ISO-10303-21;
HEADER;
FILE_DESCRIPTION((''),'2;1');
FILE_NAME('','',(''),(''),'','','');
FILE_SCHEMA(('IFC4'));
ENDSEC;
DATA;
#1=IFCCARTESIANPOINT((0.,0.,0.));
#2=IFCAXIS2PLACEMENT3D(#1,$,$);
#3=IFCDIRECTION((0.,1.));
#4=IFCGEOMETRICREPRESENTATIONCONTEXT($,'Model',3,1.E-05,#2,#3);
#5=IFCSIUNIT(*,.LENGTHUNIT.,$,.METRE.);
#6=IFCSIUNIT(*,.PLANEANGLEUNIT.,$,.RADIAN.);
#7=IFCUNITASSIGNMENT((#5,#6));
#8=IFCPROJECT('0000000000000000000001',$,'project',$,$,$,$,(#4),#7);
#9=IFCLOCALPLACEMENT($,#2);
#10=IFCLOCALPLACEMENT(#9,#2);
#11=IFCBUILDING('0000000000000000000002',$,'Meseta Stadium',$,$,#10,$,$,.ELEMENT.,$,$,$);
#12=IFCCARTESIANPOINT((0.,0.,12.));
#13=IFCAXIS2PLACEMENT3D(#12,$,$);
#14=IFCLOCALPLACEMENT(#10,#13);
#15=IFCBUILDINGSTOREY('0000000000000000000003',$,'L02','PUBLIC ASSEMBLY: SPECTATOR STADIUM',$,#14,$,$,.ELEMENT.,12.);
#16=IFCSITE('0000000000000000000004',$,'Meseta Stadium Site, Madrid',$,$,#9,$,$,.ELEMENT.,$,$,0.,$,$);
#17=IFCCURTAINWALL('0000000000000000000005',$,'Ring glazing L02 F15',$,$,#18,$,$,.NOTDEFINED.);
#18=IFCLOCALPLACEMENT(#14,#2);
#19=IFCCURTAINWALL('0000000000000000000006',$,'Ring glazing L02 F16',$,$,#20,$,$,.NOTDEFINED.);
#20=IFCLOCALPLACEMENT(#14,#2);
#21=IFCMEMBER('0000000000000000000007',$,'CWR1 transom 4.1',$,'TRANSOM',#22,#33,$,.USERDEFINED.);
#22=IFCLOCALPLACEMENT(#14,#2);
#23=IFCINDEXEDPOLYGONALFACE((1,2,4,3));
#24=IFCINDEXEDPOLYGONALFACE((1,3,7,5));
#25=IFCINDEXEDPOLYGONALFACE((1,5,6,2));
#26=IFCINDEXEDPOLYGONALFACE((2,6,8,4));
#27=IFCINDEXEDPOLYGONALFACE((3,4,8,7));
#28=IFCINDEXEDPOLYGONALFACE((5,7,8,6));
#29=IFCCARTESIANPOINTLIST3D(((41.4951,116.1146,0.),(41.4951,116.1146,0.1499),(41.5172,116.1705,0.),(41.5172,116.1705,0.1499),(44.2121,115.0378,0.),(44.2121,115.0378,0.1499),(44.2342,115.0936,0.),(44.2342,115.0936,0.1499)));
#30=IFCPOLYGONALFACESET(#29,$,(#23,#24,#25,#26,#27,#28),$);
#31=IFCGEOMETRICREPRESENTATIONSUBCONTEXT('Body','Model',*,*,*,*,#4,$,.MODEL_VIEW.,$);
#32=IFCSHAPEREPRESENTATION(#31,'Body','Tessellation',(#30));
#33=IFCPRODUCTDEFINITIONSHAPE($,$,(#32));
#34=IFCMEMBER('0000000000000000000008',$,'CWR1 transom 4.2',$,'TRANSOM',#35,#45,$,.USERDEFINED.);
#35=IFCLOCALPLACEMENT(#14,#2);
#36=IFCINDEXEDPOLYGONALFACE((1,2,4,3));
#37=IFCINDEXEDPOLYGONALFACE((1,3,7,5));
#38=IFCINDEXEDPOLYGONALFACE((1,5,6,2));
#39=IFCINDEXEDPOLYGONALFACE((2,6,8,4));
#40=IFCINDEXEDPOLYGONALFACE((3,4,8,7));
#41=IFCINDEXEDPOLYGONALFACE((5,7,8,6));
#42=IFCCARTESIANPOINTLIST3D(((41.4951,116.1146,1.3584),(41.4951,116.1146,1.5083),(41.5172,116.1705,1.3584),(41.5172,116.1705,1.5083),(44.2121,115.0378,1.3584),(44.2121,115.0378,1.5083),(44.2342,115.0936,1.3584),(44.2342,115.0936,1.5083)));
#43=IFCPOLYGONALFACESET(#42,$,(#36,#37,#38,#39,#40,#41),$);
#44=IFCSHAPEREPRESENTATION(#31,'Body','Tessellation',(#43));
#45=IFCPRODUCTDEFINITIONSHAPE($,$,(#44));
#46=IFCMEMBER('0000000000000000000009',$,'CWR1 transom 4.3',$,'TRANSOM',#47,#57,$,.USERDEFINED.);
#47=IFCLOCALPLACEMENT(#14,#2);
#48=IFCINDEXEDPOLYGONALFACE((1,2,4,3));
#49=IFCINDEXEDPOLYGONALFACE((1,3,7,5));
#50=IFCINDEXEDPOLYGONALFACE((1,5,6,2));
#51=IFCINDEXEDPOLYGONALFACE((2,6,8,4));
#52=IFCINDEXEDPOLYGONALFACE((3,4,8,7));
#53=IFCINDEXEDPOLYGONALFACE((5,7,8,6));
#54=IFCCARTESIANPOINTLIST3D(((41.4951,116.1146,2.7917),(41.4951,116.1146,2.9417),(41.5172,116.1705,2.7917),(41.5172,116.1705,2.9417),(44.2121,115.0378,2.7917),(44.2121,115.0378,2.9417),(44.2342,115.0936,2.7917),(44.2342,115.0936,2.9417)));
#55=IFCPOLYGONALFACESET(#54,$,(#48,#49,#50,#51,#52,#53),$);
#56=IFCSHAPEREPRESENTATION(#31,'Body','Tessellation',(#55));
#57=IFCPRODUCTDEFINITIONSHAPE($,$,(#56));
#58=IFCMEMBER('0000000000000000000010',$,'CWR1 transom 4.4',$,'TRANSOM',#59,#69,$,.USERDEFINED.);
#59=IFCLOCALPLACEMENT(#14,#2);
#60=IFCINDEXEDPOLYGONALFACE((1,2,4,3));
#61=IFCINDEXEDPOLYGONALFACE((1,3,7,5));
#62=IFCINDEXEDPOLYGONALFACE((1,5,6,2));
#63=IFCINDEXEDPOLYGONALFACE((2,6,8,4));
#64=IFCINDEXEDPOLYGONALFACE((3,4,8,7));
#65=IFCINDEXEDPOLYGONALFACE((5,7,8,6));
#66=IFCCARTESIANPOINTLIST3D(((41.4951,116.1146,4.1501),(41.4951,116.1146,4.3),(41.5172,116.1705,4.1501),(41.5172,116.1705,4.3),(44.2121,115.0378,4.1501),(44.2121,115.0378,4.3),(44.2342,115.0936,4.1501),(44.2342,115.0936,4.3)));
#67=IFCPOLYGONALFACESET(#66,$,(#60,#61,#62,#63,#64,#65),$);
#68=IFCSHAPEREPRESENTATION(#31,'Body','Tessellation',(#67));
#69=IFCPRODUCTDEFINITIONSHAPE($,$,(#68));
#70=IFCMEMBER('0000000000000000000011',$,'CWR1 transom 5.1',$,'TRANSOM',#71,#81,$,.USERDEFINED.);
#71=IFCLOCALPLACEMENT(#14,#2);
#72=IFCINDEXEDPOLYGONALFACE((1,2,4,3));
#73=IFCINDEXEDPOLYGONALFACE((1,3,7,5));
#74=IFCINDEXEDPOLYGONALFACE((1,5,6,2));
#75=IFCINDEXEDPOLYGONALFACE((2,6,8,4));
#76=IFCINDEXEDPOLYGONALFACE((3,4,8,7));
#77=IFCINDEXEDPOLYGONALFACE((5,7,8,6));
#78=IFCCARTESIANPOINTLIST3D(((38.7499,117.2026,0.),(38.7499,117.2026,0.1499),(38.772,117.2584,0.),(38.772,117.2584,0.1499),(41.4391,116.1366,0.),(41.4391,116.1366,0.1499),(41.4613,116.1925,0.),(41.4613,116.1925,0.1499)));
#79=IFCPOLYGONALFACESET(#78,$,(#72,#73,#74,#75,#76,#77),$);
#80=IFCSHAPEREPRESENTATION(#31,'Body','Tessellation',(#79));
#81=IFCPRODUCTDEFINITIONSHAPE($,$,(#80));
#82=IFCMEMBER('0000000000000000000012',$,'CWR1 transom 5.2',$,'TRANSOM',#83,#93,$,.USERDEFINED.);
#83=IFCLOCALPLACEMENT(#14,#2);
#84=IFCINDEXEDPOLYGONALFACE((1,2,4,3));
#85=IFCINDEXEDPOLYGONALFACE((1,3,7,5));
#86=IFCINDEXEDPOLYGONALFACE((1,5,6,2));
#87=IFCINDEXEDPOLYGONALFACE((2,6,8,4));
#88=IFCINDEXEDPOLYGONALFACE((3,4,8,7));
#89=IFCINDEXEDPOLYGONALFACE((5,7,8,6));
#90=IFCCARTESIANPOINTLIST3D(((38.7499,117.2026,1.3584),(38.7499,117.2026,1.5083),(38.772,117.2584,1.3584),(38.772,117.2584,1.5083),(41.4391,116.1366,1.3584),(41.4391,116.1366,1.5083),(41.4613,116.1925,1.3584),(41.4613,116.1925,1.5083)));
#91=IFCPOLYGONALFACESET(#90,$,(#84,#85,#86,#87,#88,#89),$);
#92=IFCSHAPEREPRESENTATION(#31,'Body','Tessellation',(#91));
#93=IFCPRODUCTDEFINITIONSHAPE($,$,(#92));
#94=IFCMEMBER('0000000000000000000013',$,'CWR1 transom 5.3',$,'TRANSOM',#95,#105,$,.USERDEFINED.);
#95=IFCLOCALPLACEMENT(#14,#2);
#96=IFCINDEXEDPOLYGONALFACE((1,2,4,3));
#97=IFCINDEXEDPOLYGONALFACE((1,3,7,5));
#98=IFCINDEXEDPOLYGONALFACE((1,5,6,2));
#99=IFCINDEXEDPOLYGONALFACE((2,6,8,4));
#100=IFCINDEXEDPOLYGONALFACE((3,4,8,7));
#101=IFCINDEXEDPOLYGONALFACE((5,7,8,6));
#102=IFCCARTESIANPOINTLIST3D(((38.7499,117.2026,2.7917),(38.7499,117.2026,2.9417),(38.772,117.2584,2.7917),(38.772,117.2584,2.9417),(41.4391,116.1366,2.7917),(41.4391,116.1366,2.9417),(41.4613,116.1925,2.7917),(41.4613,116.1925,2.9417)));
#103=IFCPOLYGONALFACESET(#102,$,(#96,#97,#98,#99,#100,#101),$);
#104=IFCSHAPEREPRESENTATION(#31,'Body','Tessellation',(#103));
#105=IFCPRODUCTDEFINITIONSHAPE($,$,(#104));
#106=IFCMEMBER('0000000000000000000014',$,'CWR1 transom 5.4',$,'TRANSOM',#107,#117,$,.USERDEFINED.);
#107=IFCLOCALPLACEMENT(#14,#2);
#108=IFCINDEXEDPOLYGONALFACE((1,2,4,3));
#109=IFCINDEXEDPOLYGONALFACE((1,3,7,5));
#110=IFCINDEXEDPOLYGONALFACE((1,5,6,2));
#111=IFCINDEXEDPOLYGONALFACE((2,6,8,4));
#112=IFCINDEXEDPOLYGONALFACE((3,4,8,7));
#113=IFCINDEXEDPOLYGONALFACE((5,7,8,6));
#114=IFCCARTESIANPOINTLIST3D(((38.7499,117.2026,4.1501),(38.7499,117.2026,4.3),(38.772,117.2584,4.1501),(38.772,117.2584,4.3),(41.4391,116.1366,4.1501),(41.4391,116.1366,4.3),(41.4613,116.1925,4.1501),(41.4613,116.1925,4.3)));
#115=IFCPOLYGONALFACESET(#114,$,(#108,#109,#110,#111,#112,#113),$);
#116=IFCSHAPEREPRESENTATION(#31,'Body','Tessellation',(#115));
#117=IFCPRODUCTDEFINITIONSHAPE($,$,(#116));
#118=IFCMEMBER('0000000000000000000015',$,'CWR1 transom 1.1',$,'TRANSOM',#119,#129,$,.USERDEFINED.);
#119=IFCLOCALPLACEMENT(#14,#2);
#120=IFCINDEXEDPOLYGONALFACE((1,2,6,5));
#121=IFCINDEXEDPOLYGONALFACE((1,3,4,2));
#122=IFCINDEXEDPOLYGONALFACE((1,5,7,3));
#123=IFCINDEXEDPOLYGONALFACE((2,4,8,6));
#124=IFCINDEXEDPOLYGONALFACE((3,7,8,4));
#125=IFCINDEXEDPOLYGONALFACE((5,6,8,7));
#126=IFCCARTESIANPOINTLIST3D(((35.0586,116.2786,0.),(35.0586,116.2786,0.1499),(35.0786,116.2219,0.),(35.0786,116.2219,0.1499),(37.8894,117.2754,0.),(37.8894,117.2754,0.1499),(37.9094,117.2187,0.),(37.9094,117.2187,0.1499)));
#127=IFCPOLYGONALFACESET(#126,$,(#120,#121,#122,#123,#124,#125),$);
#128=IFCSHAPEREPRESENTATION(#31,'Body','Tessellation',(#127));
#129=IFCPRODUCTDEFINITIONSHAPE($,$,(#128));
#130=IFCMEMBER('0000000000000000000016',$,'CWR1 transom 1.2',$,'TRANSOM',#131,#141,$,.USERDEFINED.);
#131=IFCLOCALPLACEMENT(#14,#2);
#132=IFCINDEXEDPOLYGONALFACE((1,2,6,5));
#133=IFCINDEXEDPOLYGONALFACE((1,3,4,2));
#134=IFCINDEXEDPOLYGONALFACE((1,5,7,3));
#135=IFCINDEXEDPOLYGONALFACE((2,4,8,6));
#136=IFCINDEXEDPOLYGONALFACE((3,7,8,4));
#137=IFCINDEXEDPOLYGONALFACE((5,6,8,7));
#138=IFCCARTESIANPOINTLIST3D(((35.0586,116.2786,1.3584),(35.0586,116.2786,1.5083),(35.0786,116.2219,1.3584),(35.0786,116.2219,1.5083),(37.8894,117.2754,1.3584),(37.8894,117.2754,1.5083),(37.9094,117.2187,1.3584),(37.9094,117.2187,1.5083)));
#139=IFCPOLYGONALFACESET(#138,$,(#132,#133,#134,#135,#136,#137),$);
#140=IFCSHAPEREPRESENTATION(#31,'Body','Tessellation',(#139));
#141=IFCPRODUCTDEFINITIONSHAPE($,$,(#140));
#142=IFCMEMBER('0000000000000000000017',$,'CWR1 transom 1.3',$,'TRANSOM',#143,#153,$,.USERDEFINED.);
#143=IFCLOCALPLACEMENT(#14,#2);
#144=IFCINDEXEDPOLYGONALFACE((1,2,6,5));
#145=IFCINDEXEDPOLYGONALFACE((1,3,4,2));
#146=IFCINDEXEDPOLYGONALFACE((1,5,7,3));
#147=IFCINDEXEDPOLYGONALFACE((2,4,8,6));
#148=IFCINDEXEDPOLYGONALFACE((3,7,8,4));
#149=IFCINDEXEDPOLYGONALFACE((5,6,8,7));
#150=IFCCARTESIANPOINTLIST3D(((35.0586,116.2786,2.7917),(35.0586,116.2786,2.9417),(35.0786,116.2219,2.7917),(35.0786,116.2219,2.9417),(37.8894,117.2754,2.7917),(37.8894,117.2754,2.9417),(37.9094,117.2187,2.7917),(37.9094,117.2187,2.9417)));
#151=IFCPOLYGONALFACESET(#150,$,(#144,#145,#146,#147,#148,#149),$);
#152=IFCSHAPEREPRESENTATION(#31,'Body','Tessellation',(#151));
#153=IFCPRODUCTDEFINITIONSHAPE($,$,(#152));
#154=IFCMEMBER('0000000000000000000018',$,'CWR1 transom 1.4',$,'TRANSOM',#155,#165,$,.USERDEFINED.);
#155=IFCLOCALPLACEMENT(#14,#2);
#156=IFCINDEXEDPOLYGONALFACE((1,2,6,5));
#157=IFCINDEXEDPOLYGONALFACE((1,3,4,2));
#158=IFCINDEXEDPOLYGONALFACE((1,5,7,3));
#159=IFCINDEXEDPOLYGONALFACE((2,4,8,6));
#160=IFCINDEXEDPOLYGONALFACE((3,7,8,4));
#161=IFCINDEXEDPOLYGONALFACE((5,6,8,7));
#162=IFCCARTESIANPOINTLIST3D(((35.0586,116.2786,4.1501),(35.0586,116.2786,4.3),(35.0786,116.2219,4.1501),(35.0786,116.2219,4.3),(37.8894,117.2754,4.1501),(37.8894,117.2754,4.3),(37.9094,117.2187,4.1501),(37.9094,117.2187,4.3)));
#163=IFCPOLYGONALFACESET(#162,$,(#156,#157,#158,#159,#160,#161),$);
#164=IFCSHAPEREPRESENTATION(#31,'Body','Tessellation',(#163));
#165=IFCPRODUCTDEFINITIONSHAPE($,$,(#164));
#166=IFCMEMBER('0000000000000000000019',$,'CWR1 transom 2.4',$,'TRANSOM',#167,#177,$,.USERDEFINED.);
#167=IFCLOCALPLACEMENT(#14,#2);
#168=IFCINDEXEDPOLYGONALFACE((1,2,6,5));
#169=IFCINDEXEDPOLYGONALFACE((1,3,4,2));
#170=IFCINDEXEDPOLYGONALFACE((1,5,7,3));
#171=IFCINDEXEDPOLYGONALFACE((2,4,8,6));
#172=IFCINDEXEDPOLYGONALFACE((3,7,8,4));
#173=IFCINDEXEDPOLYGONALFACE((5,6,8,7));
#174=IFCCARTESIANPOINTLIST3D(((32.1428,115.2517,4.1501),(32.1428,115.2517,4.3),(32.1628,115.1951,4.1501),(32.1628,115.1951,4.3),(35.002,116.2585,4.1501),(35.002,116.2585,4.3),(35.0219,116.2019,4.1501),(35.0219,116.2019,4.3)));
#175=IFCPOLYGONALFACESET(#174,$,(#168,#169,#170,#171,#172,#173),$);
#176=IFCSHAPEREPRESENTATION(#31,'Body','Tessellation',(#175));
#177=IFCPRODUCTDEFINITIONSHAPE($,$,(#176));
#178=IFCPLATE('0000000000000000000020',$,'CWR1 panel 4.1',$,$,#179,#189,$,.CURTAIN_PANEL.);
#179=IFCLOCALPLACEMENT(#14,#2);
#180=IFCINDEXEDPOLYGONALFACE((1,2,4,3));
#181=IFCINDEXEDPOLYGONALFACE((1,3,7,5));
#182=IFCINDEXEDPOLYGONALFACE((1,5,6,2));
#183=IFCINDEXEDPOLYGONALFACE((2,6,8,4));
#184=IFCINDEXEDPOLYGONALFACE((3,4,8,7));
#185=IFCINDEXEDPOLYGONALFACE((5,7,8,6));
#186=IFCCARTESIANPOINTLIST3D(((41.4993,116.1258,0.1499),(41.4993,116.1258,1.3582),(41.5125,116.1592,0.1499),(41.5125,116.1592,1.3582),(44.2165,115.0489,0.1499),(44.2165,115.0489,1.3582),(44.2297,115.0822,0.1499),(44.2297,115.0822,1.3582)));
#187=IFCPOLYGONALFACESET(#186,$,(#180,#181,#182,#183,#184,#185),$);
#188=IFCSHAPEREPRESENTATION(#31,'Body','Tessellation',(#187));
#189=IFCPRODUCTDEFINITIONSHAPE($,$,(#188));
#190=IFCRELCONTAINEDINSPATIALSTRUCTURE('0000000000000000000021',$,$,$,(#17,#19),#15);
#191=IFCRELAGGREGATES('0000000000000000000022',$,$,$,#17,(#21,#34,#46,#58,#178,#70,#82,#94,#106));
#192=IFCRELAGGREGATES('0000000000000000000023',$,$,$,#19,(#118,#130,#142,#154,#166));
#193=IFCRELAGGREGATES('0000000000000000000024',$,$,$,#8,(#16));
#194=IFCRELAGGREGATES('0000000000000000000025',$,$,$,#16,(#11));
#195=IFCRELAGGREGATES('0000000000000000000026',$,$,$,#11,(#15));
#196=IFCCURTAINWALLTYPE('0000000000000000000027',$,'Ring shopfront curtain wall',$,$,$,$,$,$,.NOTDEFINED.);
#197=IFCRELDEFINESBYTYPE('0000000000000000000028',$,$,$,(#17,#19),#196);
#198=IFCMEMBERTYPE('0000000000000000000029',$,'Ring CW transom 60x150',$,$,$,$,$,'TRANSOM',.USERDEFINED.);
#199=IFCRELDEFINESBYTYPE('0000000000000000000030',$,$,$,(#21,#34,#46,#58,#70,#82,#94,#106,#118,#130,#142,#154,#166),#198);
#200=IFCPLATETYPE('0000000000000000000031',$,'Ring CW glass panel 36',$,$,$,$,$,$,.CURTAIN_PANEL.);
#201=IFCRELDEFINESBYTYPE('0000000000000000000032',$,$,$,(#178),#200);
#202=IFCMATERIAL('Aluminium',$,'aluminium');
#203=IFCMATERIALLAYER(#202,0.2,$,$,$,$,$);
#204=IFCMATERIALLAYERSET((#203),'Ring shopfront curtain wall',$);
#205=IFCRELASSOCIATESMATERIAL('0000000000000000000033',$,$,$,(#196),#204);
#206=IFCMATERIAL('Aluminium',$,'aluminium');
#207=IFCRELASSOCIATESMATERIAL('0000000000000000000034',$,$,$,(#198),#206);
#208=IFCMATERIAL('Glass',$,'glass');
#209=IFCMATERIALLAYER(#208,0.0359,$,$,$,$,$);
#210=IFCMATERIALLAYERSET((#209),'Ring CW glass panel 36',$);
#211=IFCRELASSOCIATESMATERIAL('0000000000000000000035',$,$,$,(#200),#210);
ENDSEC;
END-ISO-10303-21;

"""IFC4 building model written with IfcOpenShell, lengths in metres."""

from ifc_helpers import new_model, si_unit, direction, frame, origin, origin_2d, place, context, subcontext, project, spatial, rectangle, extrude, material, layer, layer_set, material_profile, profile_set, type_object, element, aggregate, save


model = new_model("IFC4")

# Units and contexts
model_context = context("Model", 3, precision=1e-05, world=origin(), true_north=direction((0.0, 1.0)))
body_context = subcontext(model_context, "Body", "Model", "MODEL_VIEW")
ifc_project = project(units=[si_unit("LENGTHUNIT", "METRE"), si_unit("PLANEANGLEUNIT", "RADIAN")], contexts=[model_context])

# Site, building, storey
site_placement = place(None, origin())
site = spatial("IfcSite", under=ifc_project, at=site_placement, Name="Meseta Stadium Site, Madrid", CompositionType="ELEMENT", RefElevation=0.0)
building_placement = place(site_placement, origin())
building = spatial("IfcBuilding", under=site, at=building_placement, Name="Meseta Stadium", CompositionType="ELEMENT")
storey_placement = place(building_placement, frame((0.0, 0.0, 12.0)))
storey = spatial("IfcBuildingStorey", under=building, at=storey_placement, Name="L02", Description="PUBLIC ASSEMBLY: SPECTATOR STADIUM", CompositionType="ELEMENT", Elevation=12.0)

# Curtain walls
ifc_material_1 = material(Name="Aluminium", Category="aluminium")
ifc_layer_1 = layer(ifc_material_1, 0.2)
ifc_layer_set_1 = layer_set([ifc_layer_1], Name="Ring shopfront curtain wall")
curtain_wall_type = type_object("IfcCurtainWallType", Name="Ring shopfront curtain wall", PredefinedType="NOTDEFINED", material=ifc_layer_set_1)
curtain_wall_1_placement = place(storey_placement, origin())
curtain_wall_1 = element("IfcCurtainWall", 1, at=curtain_wall_1_placement, inside=storey, type_object=curtain_wall_type, Name="Ring glazing L02 F15", PredefinedType="NOTDEFINED")
curtain_wall_2_placement = place(storey_placement, origin())
curtain_wall_2 = element("IfcCurtainWall", 2, at=curtain_wall_2_placement, inside=storey, type_object=curtain_wall_type, Name="Ring glazing L02 F16", PredefinedType="NOTDEFINED")

# Members
ifc_material_2 = material(Name="Aluminium", Category="aluminium")
ifc_material_profile_1 = material_profile(ifc_material_2, rectangle(XDim=0.0601, YDim=0.1499, at=origin_2d()), Name="CW 60x150")
ifc_profile_set_1 = profile_set([ifc_material_profile_1], Name="Aluminium")
member_type_1 = type_object("IfcMemberType", Name="Ring CW transom 60x150", ElementType="TRANSOM", PredefinedType="USERDEFINED", material=ifc_profile_set_1)
member_1_placement = place(storey_placement, frame((44.2231, 115.0657, 0.075), z_axis=(-0.929642, 0.368465, 0.0), x_axis=(-0.368465, -0.929642, 0.0)))
member_1 = element("IfcMember", 3, at=member_1_placement, type_object=member_type_1, Name="CWR1 transom 4.1", ObjectType="TRANSOM", PredefinedType="USERDEFINED", context=body_context, shape_type="SweptSolid", body=[
    extrude(rectangle(XDim=0.0601, YDim=0.1499, at=origin_2d()), origin(), (0.0, 0.0, 1.0), 2.9226),
])
member_2_placement = place(storey_placement, frame((44.2231, 115.0657, 1.4333), z_axis=(-0.929642, 0.368465, 0.0), x_axis=(-0.368465, -0.929642, 0.0)))
member_2 = element("IfcMember", 4, at=member_2_placement, type_object=member_type_1, Name="CWR1 transom 4.2", ObjectType="TRANSOM", PredefinedType="USERDEFINED", context=body_context, shape_type="SweptSolid", body=[
    extrude(rectangle(XDim=0.0601, YDim=0.1499, at=origin_2d()), origin(), (0.0, 0.0, 1.0), 2.9226),
])
member_3_placement = place(storey_placement, frame((44.2231, 115.0657, 2.8667), z_axis=(-0.929642, 0.368465, 0.0), x_axis=(-0.368465, -0.929642, 0.0)))
member_3 = element("IfcMember", 5, at=member_3_placement, type_object=member_type_1, Name="CWR1 transom 4.3", ObjectType="TRANSOM", PredefinedType="USERDEFINED", context=body_context, shape_type="SweptSolid", body=[
    extrude(rectangle(XDim=0.0601, YDim=0.1499, at=origin_2d()), origin(), (0.0, 0.0, 1.0), 2.9226),
])
member_4_placement = place(storey_placement, frame((44.2231, 115.0657, 4.2251), z_axis=(-0.929642, 0.368465, 0.0), x_axis=(-0.368465, -0.929642, 0.0)))
member_4 = element("IfcMember", 6, at=member_4_placement, type_object=member_type_1, Name="CWR1 transom 4.4", ObjectType="TRANSOM", PredefinedType="USERDEFINED", context=body_context, shape_type="SweptSolid", body=[
    extrude(rectangle(XDim=0.0601, YDim=0.1499, at=origin_2d()), origin(), (0.0, 0.0, 1.0), 2.9226),
])
member_5_placement = place(storey_placement, frame((41.4502, 116.1646, 0.075), z_axis=(-0.929636, 0.368479, 0.0), x_axis=(-0.368479, -0.929636, 0.0)))
member_5 = element("IfcMember", 7, at=member_5_placement, type_object=member_type_1, Name="CWR1 transom 5.1", ObjectType="TRANSOM", PredefinedType="USERDEFINED", context=body_context, shape_type="SweptSolid", body=[
    extrude(rectangle(XDim=0.0601, YDim=0.1499, at=origin_2d()), origin(), (0.0, 0.0, 1.0), 2.8928),
])
member_6_placement = place(storey_placement, frame((41.4502, 116.1646, 1.4333), z_axis=(-0.929636, 0.368479, 0.0), x_axis=(-0.368479, -0.929636, 0.0)))
member_6 = element("IfcMember", 8, at=member_6_placement, type_object=member_type_1, Name="CWR1 transom 5.2", ObjectType="TRANSOM", PredefinedType="USERDEFINED", context=body_context, shape_type="SweptSolid", body=[
    extrude(rectangle(XDim=0.0601, YDim=0.1499, at=origin_2d()), origin(), (0.0, 0.0, 1.0), 2.8928),
])
member_7_placement = place(storey_placement, frame((41.4502, 116.1646, 2.8667), z_axis=(-0.929636, 0.368479, 0.0), x_axis=(-0.368479, -0.929636, 0.0)))
member_7 = element("IfcMember", 9, at=member_7_placement, type_object=member_type_1, Name="CWR1 transom 5.3", ObjectType="TRANSOM", PredefinedType="USERDEFINED", context=body_context, shape_type="SweptSolid", body=[
    extrude(rectangle(XDim=0.0601, YDim=0.1499, at=origin_2d()), origin(), (0.0, 0.0, 1.0), 2.8928),
])
member_8_placement = place(storey_placement, frame((41.4502, 116.1646, 4.2251), z_axis=(-0.929636, 0.368479, 0.0), x_axis=(-0.368479, -0.929636, 0.0)))
member_8 = element("IfcMember", 10, at=member_8_placement, type_object=member_type_1, Name="CWR1 transom 5.4", ObjectType="TRANSOM", PredefinedType="USERDEFINED", context=body_context, shape_type="SweptSolid", body=[
    extrude(rectangle(XDim=0.0601, YDim=0.1499, at=origin_2d()), origin(), (0.0, 0.0, 1.0), 2.8928),
])
member_9_placement = place(storey_placement, frame((37.8994, 117.2471, 0.075), z_axis=(-0.943229, -0.332143, 0.0), x_axis=(0.332143, -0.943229, 0.0)))
member_9 = element("IfcMember", 11, at=member_9_placement, type_object=member_type_1, Name="CWR1 transom 1.1", ObjectType="TRANSOM", PredefinedType="USERDEFINED", context=body_context, shape_type="SweptSolid", body=[
    extrude(rectangle(XDim=0.0601, YDim=0.1499, at=origin_2d()), origin(), (0.0, 0.0, 1.0), 3.0012),
])
member_10_placement = place(storey_placement, frame((37.8994, 117.2471, 1.4333), z_axis=(-0.943229, -0.332143, 0.0), x_axis=(0.332143, -0.943229, 0.0)))
member_10 = element("IfcMember", 12, at=member_10_placement, type_object=member_type_1, Name="CWR1 transom 1.2", ObjectType="TRANSOM", PredefinedType="USERDEFINED", context=body_context, shape_type="SweptSolid", body=[
    extrude(rectangle(XDim=0.0601, YDim=0.1499, at=origin_2d()), origin(), (0.0, 0.0, 1.0), 3.0012),
])
member_11_placement = place(storey_placement, frame((37.8994, 117.2471, 2.8667), z_axis=(-0.943229, -0.332143, 0.0), x_axis=(0.332143, -0.943229, 0.0)))
member_11 = element("IfcMember", 13, at=member_11_placement, type_object=member_type_1, Name="CWR1 transom 1.3", ObjectType="TRANSOM", PredefinedType="USERDEFINED", context=body_context, shape_type="SweptSolid", body=[
    extrude(rectangle(XDim=0.0601, YDim=0.1499, at=origin_2d()), origin(), (0.0, 0.0, 1.0), 3.0012),
])
member_12_placement = place(storey_placement, frame((37.8994, 117.2471, 4.2251), z_axis=(-0.943229, -0.332143, 0.0), x_axis=(0.332143, -0.943229, 0.0)))
member_12 = element("IfcMember", 14, at=member_12_placement, type_object=member_type_1, Name="CWR1 transom 1.4", ObjectType="TRANSOM", PredefinedType="USERDEFINED", context=body_context, shape_type="SweptSolid", body=[
    extrude(rectangle(XDim=0.0601, YDim=0.1499, at=origin_2d()), origin(), (0.0, 0.0, 1.0), 3.0012),
])
member_13_placement = place(storey_placement, frame((35.012, 116.2302, 4.2251), z_axis=(-0.943225, -0.332154, 0.0), x_axis=(0.332154, -0.943225, 0.0)))
member_13 = element("IfcMember", 15, at=member_13_placement, type_object=member_type_1, Name="CWR1 transom 2.4", ObjectType="TRANSOM", PredefinedType="USERDEFINED", context=body_context, shape_type="SweptSolid", body=[
    extrude(rectangle(XDim=0.0601, YDim=0.1499, at=origin_2d()), origin(), (0.0, 0.0, 1.0), 3.0312),
])

# Plate
ifc_material_3 = material(Name="Glass", Category="glass")
ifc_layer_2 = layer(ifc_material_3, 0.0359)
ifc_layer_set_2 = layer_set([ifc_layer_2], Name="Ring CW glass panel 36")
plate_type = type_object("IfcPlateType", Name="Ring CW glass panel 36", PredefinedType="CURTAIN_PANEL", material=ifc_layer_set_2)
plate_1_placement = place(storey_placement, frame((42.8645, 115.604, 0.1499), z_axis=(0.0, 0.0, 1.0), x_axis=(-0.929646, 0.368454, 0.0)))
plate_1 = element("IfcPlate", 16, at=plate_1_placement, type_object=plate_type, Name="CWR1 panel 4.1", PredefinedType="CURTAIN_PANEL", context=body_context, shape_type="SweptSolid", body=[
    extrude(rectangle(XDim=2.9229, YDim=0.0359, at=origin_2d()), origin(), (0.0, 0.0, 1.0), 1.2083),
])
aggregate(curtain_wall_1, [member_1, member_2, member_3, member_4, plate_1, member_5, member_6, member_7, member_8])
aggregate(curtain_wall_2, [member_9, member_10, member_11, member_12, member_13])

save(model, "model.ifc")
